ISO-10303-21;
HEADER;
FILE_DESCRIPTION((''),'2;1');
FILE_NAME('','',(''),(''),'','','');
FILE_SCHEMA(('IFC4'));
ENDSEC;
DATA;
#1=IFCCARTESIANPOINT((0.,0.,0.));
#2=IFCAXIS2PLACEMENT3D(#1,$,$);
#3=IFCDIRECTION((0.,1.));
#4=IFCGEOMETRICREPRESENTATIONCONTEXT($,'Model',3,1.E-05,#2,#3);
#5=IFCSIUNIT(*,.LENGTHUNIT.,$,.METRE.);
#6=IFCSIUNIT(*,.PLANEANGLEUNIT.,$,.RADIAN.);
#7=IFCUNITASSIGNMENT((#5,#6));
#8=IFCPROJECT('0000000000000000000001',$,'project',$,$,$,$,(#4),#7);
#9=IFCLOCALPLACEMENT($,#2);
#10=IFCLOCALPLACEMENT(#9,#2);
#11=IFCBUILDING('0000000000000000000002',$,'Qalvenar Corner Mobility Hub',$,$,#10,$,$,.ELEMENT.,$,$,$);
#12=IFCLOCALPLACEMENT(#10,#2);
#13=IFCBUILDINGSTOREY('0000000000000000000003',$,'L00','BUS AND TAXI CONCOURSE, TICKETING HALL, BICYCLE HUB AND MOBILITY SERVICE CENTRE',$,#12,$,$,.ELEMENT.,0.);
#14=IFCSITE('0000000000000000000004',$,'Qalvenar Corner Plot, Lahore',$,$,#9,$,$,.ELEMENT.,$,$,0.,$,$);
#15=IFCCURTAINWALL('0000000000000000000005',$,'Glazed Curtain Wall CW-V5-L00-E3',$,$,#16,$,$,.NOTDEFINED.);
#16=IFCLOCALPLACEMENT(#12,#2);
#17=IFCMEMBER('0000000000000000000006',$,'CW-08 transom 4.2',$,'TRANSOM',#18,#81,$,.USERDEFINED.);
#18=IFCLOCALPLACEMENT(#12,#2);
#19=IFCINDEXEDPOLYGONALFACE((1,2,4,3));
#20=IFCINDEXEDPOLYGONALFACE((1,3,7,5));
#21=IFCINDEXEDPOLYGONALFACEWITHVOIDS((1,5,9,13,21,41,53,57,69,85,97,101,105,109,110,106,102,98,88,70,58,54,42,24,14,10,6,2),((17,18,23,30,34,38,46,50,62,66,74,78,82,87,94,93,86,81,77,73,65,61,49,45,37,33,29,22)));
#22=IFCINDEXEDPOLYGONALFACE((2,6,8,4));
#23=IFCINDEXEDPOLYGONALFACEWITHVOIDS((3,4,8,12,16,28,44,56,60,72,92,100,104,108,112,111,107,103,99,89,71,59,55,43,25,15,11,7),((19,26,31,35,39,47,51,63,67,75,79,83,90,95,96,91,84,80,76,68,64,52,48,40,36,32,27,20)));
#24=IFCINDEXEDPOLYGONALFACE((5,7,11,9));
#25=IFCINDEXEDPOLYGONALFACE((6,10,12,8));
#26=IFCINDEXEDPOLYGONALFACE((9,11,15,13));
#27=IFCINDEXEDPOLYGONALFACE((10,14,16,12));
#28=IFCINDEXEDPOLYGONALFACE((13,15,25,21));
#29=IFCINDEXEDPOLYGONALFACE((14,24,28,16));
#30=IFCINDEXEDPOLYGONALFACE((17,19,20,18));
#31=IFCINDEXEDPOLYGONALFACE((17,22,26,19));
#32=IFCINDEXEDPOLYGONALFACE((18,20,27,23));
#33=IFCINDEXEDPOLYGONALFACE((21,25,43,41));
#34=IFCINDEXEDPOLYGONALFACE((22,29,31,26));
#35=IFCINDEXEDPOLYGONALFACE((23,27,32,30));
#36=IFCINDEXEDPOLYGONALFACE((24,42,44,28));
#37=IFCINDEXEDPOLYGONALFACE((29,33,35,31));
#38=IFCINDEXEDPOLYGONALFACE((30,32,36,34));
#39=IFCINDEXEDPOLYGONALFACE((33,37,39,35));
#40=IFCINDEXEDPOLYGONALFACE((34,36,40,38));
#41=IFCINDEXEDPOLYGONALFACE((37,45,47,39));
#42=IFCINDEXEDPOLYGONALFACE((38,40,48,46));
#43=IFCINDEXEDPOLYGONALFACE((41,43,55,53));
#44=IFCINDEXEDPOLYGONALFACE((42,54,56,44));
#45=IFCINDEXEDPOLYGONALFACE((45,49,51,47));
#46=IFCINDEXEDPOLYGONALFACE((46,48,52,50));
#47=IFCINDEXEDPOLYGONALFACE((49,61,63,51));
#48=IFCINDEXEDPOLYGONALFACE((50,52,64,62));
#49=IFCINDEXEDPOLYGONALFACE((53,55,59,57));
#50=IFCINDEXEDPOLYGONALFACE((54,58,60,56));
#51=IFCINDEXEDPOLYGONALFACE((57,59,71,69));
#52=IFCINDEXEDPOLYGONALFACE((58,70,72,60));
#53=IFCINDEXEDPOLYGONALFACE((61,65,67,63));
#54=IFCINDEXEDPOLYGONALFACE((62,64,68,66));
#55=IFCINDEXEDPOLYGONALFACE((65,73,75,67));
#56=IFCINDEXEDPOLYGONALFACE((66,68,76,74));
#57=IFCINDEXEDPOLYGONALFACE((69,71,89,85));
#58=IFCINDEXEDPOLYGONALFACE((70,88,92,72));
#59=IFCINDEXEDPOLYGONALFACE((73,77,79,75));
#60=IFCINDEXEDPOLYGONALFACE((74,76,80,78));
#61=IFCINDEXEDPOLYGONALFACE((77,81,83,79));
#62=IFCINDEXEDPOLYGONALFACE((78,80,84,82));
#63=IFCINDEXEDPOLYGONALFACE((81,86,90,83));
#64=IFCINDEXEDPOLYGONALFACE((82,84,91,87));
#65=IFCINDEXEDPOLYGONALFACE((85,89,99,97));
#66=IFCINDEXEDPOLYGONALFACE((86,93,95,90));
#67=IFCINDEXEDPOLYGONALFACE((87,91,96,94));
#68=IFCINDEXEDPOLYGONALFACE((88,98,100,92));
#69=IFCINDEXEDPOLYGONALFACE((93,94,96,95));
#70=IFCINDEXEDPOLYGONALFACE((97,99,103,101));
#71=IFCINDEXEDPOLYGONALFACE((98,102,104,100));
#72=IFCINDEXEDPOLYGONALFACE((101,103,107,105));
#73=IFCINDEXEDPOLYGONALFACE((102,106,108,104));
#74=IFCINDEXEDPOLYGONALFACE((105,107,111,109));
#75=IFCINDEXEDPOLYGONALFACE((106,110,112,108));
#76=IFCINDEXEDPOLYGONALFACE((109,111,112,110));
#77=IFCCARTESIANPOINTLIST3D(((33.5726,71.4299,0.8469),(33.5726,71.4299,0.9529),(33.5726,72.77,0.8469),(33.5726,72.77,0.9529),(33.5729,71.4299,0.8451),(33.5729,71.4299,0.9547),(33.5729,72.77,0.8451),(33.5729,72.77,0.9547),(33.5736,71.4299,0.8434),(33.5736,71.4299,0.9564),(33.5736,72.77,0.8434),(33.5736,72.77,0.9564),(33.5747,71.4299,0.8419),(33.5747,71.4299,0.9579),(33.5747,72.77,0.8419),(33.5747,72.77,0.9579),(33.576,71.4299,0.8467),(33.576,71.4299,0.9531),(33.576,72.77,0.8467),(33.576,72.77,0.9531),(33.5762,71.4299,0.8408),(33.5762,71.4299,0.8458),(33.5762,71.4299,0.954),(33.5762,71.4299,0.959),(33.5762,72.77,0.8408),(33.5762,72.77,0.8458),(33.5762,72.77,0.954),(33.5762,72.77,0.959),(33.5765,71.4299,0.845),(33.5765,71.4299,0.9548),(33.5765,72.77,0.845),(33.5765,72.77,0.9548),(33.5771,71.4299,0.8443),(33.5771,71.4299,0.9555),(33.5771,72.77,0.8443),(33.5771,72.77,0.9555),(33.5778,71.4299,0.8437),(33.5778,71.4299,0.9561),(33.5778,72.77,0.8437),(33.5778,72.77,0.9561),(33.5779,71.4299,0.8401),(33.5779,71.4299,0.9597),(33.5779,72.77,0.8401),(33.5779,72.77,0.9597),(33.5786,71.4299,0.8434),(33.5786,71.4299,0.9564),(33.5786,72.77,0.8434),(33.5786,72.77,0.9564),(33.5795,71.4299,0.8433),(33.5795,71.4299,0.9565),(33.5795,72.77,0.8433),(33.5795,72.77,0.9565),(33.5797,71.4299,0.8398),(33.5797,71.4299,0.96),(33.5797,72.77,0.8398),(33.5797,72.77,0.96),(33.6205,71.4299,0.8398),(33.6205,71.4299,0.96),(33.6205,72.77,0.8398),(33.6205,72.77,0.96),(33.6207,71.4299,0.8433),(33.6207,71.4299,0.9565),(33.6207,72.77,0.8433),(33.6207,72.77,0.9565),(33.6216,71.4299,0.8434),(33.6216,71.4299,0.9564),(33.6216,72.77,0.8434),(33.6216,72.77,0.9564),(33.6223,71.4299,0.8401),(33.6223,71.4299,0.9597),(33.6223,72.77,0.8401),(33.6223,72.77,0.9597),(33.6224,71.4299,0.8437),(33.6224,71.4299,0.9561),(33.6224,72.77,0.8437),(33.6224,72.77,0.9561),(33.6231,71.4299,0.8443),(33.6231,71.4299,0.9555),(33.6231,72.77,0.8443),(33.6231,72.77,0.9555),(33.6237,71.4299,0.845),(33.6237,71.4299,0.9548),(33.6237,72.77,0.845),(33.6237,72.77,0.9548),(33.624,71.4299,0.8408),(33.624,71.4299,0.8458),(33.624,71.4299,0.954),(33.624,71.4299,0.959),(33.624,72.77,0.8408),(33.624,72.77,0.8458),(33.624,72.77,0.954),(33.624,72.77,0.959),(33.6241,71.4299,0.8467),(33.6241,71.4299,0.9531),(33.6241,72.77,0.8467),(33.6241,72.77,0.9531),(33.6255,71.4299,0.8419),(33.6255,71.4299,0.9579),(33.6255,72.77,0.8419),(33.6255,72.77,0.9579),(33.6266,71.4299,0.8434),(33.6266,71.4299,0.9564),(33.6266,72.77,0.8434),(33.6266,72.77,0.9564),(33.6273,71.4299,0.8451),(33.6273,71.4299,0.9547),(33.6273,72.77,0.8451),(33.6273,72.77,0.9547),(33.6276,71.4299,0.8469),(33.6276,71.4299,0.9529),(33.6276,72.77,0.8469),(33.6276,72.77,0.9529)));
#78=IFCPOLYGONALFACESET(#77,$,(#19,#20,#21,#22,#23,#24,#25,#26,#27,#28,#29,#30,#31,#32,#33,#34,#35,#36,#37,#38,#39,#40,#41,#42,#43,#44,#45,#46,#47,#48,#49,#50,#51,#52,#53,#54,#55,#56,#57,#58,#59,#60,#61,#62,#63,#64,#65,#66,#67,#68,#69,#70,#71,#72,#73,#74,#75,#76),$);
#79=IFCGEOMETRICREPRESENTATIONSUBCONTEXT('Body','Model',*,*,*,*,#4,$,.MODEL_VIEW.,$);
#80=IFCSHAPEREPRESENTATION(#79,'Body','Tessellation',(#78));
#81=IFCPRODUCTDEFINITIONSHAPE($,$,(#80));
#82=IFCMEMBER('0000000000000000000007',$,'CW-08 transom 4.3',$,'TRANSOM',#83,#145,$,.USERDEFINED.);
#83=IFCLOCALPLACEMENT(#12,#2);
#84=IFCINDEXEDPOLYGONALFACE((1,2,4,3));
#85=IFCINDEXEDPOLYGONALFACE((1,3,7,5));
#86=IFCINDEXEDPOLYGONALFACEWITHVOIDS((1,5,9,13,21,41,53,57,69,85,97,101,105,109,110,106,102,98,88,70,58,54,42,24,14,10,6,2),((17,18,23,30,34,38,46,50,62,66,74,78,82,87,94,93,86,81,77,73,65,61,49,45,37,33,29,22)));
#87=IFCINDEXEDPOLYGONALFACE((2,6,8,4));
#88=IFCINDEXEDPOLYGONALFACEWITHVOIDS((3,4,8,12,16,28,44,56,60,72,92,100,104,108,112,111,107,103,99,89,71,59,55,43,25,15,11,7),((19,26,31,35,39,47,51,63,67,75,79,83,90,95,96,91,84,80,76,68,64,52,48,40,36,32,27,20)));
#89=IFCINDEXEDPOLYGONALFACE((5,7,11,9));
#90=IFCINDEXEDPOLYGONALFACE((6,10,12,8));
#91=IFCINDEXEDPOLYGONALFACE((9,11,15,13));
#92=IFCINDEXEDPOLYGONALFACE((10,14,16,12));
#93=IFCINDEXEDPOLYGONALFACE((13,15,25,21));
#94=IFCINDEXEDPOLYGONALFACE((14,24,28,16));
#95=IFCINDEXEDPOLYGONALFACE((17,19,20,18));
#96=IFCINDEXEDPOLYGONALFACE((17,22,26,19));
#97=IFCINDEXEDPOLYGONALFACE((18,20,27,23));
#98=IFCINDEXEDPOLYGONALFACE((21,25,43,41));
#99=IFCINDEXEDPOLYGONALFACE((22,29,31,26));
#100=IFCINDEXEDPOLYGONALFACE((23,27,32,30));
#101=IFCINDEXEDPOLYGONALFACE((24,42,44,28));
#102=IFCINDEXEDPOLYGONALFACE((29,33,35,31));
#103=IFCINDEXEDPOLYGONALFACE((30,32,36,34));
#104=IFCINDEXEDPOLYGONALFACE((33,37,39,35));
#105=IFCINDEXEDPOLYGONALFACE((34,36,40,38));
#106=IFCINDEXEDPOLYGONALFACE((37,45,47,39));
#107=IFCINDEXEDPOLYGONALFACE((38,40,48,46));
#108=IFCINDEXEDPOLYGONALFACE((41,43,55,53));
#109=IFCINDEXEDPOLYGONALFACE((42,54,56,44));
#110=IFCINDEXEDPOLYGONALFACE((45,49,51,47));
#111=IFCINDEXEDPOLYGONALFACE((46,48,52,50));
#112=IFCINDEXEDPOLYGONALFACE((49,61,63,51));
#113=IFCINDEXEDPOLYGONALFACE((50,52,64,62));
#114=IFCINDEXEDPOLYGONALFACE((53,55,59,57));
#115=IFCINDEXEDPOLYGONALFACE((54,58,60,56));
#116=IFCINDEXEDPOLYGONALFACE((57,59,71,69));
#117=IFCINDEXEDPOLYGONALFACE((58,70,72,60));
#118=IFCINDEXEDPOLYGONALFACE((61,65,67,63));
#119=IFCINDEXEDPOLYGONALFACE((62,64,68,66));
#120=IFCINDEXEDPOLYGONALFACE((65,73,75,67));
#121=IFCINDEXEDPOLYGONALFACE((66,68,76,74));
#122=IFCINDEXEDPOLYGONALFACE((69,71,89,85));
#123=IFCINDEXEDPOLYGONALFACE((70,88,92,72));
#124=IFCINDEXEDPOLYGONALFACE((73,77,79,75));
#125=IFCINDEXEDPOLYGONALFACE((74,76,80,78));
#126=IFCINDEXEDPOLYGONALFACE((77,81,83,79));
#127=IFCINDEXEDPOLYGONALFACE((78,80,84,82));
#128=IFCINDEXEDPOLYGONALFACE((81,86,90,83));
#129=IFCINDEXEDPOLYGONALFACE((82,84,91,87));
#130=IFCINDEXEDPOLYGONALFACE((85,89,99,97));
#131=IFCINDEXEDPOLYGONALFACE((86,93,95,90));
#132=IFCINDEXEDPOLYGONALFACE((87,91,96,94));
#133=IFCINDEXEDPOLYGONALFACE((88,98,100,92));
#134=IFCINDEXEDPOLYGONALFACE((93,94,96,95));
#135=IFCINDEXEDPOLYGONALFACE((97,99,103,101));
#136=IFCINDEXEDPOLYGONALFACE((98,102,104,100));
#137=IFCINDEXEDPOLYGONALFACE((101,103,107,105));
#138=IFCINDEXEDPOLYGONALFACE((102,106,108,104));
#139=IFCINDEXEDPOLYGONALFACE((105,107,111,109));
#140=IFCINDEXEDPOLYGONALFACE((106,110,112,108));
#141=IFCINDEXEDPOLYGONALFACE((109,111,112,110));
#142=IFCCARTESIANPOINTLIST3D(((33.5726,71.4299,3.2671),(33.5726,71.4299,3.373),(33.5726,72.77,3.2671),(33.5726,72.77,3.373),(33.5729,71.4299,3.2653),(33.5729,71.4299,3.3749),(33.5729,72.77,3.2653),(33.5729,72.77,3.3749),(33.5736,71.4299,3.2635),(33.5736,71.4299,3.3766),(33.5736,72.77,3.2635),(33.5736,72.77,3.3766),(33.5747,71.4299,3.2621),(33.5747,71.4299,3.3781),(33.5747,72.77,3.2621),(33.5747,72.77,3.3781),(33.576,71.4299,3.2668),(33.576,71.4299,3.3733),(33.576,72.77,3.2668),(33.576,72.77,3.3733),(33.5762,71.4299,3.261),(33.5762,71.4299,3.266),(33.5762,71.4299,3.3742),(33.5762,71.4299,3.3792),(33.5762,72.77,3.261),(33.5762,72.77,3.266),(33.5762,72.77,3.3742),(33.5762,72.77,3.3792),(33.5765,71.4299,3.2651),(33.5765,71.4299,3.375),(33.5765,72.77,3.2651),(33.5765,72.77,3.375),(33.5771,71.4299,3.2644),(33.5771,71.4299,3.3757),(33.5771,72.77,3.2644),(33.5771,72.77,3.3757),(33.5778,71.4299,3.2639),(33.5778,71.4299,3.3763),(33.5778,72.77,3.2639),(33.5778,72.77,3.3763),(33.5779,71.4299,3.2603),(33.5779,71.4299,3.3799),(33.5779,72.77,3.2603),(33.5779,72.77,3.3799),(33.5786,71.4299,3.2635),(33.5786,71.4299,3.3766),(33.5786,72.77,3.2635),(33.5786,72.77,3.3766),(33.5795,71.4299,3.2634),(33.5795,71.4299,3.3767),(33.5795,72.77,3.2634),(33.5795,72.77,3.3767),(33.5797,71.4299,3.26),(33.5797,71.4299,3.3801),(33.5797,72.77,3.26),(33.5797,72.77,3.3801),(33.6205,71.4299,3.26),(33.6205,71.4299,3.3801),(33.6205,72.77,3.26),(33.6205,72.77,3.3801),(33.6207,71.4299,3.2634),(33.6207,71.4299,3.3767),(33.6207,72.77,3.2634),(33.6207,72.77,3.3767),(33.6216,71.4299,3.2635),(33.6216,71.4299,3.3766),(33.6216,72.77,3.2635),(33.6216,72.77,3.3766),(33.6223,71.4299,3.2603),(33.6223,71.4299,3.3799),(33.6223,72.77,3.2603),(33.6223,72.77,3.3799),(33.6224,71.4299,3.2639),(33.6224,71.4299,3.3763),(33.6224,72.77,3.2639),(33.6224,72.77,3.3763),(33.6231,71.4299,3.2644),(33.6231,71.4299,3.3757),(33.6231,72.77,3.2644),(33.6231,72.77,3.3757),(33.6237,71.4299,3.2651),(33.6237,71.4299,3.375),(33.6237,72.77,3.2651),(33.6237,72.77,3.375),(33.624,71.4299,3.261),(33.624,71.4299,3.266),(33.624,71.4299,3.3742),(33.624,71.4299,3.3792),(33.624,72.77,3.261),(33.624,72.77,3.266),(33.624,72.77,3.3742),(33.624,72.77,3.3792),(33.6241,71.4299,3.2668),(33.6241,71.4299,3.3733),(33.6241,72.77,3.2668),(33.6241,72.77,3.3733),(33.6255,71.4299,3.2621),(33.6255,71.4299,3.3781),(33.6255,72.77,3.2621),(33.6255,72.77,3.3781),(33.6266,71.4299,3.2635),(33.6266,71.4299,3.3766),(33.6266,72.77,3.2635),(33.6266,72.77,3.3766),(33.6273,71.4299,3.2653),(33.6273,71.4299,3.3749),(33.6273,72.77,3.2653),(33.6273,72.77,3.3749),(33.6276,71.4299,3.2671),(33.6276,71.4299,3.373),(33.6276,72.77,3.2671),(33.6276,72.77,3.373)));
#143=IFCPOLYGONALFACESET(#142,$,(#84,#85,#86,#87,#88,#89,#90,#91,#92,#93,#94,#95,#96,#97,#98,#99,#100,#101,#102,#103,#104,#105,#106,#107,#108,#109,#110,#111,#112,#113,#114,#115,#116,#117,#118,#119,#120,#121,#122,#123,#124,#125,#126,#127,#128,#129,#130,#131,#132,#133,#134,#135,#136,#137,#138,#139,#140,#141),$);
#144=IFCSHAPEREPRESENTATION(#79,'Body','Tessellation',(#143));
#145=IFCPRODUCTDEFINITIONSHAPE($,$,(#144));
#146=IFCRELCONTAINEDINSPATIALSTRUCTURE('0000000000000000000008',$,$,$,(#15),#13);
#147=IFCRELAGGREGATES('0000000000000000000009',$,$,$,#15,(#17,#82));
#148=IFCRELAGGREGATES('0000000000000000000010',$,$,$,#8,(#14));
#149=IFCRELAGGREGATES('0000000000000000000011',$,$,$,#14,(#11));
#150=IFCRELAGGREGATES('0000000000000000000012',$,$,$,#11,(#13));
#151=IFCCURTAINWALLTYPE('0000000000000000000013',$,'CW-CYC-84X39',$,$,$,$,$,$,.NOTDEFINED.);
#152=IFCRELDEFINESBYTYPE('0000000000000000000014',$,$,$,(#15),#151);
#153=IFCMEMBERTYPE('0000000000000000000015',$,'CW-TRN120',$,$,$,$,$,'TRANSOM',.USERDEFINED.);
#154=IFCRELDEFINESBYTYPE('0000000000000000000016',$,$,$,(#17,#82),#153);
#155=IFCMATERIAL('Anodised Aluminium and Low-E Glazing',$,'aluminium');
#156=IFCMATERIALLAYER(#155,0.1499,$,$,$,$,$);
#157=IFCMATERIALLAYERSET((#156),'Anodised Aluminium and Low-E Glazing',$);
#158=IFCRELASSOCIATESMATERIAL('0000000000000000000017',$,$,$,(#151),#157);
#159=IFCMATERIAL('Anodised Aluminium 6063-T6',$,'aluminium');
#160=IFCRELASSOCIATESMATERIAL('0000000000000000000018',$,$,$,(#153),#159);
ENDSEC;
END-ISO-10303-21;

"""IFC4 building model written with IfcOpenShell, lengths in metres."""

from ifc_helpers import new_model, si_unit, direction, frame, origin, origin_2d, place, context, subcontext, project, spatial, hollow_rectangle, extrude, material, layer, layer_set, material_profile, profile_set, type_object, element, aggregate, save


model = new_model("IFC4")

# Units and contexts
model_context = context("Model", 3, precision=1e-05, world=origin(), true_north=direction((0.0, 1.0)))
body_context = subcontext(model_context, "Body", "Model", "MODEL_VIEW")
ifc_project = project(units=[si_unit("LENGTHUNIT", "METRE"), si_unit("PLANEANGLEUNIT", "RADIAN")], contexts=[model_context])

# Site, building, storey
site_placement = place(None, origin())
site = spatial("IfcSite", under=ifc_project, at=site_placement, Name="Qalvenar Corner Plot, Lahore", CompositionType="ELEMENT", RefElevation=0.0)
building_placement = place(site_placement, origin())
building = spatial("IfcBuilding", under=site, at=building_placement, Name="Qalvenar Corner Mobility Hub", CompositionType="ELEMENT")
storey_placement = place(building_placement, origin())
storey = spatial("IfcBuildingStorey", under=building, at=storey_placement, Name="L00", Description="BUS AND TAXI CONCOURSE, TICKETING HALL, BICYCLE HUB AND MOBILITY SERVICE CENTRE", CompositionType="ELEMENT", Elevation=0.0)

# Curtain wall, members
ifc_material_1 = material(Name="Anodised Aluminium and Low-E Glazing", Category="aluminium")
ifc_layer_1 = layer(ifc_material_1, 0.1499)
ifc_layer_set_1 = layer_set([ifc_layer_1], Name="Anodised Aluminium and Low-E Glazing")
curtain_wall_type = type_object("IfcCurtainWallType", Name="CW-CYC-84X39", PredefinedType="NOTDEFINED", material=ifc_layer_set_1)
curtain_wall_placement = place(storey_placement, origin())
curtain_wall = element("IfcCurtainWall", 1, at=curtain_wall_placement, inside=storey, type_object=curtain_wall_type, Name="Glazed Curtain Wall CW-V5-L00-E3", PredefinedType="NOTDEFINED")
ifc_material_2 = material(Name="Anodised Aluminium 6063-T6", Category="aluminium")
ifc_material_profile_1 = material_profile(ifc_material_2, hollow_rectangle(XDim=0.0549, YDim=0.1201, WallThickness=0.0034, InnerFilletRadius=0.0034, OuterFilletRadius=0.0071, at=origin_2d()), Name="RHS120x55x3.5")
ifc_profile_set_1 = profile_set([ifc_material_profile_1], Name="Anodised Aluminium 6063-T6")
member_type_1 = type_object("IfcMemberType", Name="CW-TRN120", ElementType="TRANSOM", PredefinedType="USERDEFINED", material=ifc_profile_set_1)
member_1_placement = place(storey_placement, frame((33.6001, 71.4299, 0.8999), z_axis=(0.0, 1.0, 0.0), x_axis=(-1.0, 0.0, 0.0)))
member_1 = element("IfcMember", 2, at=member_1_placement, type_object=member_type_1, Name="CW-08 transom 4.2", ObjectType="TRANSOM", PredefinedType="USERDEFINED", context=body_context, shape_type="SweptSolid", body=[
    extrude(hollow_rectangle(XDim=0.0549, YDim=0.1201, WallThickness=0.0034, InnerFilletRadius=0.0034, OuterFilletRadius=0.0071, at=origin_2d()), origin(), (0.0, 0.0, 1.0), 1.3401),
])
member_2_placement = place(storey_placement, frame((33.6001, 71.4299, 3.3201), z_axis=(0.0, 1.0, 0.0), x_axis=(-1.0, 0.0, 0.0)))
member_2 = element("IfcMember", 3, at=member_2_placement, type_object=member_type_1, Name="CW-08 transom 4.3", ObjectType="TRANSOM", PredefinedType="USERDEFINED", context=body_context, shape_type="SweptSolid", body=[
    extrude(hollow_rectangle(XDim=0.0549, YDim=0.1201, WallThickness=0.0034, InnerFilletRadius=0.0034, OuterFilletRadius=0.0071, at=origin_2d()), origin(), (0.0, 0.0, 1.0), 1.3401),
])
aggregate(curtain_wall, [member_1, member_2])

save(model, "model.ifc")
